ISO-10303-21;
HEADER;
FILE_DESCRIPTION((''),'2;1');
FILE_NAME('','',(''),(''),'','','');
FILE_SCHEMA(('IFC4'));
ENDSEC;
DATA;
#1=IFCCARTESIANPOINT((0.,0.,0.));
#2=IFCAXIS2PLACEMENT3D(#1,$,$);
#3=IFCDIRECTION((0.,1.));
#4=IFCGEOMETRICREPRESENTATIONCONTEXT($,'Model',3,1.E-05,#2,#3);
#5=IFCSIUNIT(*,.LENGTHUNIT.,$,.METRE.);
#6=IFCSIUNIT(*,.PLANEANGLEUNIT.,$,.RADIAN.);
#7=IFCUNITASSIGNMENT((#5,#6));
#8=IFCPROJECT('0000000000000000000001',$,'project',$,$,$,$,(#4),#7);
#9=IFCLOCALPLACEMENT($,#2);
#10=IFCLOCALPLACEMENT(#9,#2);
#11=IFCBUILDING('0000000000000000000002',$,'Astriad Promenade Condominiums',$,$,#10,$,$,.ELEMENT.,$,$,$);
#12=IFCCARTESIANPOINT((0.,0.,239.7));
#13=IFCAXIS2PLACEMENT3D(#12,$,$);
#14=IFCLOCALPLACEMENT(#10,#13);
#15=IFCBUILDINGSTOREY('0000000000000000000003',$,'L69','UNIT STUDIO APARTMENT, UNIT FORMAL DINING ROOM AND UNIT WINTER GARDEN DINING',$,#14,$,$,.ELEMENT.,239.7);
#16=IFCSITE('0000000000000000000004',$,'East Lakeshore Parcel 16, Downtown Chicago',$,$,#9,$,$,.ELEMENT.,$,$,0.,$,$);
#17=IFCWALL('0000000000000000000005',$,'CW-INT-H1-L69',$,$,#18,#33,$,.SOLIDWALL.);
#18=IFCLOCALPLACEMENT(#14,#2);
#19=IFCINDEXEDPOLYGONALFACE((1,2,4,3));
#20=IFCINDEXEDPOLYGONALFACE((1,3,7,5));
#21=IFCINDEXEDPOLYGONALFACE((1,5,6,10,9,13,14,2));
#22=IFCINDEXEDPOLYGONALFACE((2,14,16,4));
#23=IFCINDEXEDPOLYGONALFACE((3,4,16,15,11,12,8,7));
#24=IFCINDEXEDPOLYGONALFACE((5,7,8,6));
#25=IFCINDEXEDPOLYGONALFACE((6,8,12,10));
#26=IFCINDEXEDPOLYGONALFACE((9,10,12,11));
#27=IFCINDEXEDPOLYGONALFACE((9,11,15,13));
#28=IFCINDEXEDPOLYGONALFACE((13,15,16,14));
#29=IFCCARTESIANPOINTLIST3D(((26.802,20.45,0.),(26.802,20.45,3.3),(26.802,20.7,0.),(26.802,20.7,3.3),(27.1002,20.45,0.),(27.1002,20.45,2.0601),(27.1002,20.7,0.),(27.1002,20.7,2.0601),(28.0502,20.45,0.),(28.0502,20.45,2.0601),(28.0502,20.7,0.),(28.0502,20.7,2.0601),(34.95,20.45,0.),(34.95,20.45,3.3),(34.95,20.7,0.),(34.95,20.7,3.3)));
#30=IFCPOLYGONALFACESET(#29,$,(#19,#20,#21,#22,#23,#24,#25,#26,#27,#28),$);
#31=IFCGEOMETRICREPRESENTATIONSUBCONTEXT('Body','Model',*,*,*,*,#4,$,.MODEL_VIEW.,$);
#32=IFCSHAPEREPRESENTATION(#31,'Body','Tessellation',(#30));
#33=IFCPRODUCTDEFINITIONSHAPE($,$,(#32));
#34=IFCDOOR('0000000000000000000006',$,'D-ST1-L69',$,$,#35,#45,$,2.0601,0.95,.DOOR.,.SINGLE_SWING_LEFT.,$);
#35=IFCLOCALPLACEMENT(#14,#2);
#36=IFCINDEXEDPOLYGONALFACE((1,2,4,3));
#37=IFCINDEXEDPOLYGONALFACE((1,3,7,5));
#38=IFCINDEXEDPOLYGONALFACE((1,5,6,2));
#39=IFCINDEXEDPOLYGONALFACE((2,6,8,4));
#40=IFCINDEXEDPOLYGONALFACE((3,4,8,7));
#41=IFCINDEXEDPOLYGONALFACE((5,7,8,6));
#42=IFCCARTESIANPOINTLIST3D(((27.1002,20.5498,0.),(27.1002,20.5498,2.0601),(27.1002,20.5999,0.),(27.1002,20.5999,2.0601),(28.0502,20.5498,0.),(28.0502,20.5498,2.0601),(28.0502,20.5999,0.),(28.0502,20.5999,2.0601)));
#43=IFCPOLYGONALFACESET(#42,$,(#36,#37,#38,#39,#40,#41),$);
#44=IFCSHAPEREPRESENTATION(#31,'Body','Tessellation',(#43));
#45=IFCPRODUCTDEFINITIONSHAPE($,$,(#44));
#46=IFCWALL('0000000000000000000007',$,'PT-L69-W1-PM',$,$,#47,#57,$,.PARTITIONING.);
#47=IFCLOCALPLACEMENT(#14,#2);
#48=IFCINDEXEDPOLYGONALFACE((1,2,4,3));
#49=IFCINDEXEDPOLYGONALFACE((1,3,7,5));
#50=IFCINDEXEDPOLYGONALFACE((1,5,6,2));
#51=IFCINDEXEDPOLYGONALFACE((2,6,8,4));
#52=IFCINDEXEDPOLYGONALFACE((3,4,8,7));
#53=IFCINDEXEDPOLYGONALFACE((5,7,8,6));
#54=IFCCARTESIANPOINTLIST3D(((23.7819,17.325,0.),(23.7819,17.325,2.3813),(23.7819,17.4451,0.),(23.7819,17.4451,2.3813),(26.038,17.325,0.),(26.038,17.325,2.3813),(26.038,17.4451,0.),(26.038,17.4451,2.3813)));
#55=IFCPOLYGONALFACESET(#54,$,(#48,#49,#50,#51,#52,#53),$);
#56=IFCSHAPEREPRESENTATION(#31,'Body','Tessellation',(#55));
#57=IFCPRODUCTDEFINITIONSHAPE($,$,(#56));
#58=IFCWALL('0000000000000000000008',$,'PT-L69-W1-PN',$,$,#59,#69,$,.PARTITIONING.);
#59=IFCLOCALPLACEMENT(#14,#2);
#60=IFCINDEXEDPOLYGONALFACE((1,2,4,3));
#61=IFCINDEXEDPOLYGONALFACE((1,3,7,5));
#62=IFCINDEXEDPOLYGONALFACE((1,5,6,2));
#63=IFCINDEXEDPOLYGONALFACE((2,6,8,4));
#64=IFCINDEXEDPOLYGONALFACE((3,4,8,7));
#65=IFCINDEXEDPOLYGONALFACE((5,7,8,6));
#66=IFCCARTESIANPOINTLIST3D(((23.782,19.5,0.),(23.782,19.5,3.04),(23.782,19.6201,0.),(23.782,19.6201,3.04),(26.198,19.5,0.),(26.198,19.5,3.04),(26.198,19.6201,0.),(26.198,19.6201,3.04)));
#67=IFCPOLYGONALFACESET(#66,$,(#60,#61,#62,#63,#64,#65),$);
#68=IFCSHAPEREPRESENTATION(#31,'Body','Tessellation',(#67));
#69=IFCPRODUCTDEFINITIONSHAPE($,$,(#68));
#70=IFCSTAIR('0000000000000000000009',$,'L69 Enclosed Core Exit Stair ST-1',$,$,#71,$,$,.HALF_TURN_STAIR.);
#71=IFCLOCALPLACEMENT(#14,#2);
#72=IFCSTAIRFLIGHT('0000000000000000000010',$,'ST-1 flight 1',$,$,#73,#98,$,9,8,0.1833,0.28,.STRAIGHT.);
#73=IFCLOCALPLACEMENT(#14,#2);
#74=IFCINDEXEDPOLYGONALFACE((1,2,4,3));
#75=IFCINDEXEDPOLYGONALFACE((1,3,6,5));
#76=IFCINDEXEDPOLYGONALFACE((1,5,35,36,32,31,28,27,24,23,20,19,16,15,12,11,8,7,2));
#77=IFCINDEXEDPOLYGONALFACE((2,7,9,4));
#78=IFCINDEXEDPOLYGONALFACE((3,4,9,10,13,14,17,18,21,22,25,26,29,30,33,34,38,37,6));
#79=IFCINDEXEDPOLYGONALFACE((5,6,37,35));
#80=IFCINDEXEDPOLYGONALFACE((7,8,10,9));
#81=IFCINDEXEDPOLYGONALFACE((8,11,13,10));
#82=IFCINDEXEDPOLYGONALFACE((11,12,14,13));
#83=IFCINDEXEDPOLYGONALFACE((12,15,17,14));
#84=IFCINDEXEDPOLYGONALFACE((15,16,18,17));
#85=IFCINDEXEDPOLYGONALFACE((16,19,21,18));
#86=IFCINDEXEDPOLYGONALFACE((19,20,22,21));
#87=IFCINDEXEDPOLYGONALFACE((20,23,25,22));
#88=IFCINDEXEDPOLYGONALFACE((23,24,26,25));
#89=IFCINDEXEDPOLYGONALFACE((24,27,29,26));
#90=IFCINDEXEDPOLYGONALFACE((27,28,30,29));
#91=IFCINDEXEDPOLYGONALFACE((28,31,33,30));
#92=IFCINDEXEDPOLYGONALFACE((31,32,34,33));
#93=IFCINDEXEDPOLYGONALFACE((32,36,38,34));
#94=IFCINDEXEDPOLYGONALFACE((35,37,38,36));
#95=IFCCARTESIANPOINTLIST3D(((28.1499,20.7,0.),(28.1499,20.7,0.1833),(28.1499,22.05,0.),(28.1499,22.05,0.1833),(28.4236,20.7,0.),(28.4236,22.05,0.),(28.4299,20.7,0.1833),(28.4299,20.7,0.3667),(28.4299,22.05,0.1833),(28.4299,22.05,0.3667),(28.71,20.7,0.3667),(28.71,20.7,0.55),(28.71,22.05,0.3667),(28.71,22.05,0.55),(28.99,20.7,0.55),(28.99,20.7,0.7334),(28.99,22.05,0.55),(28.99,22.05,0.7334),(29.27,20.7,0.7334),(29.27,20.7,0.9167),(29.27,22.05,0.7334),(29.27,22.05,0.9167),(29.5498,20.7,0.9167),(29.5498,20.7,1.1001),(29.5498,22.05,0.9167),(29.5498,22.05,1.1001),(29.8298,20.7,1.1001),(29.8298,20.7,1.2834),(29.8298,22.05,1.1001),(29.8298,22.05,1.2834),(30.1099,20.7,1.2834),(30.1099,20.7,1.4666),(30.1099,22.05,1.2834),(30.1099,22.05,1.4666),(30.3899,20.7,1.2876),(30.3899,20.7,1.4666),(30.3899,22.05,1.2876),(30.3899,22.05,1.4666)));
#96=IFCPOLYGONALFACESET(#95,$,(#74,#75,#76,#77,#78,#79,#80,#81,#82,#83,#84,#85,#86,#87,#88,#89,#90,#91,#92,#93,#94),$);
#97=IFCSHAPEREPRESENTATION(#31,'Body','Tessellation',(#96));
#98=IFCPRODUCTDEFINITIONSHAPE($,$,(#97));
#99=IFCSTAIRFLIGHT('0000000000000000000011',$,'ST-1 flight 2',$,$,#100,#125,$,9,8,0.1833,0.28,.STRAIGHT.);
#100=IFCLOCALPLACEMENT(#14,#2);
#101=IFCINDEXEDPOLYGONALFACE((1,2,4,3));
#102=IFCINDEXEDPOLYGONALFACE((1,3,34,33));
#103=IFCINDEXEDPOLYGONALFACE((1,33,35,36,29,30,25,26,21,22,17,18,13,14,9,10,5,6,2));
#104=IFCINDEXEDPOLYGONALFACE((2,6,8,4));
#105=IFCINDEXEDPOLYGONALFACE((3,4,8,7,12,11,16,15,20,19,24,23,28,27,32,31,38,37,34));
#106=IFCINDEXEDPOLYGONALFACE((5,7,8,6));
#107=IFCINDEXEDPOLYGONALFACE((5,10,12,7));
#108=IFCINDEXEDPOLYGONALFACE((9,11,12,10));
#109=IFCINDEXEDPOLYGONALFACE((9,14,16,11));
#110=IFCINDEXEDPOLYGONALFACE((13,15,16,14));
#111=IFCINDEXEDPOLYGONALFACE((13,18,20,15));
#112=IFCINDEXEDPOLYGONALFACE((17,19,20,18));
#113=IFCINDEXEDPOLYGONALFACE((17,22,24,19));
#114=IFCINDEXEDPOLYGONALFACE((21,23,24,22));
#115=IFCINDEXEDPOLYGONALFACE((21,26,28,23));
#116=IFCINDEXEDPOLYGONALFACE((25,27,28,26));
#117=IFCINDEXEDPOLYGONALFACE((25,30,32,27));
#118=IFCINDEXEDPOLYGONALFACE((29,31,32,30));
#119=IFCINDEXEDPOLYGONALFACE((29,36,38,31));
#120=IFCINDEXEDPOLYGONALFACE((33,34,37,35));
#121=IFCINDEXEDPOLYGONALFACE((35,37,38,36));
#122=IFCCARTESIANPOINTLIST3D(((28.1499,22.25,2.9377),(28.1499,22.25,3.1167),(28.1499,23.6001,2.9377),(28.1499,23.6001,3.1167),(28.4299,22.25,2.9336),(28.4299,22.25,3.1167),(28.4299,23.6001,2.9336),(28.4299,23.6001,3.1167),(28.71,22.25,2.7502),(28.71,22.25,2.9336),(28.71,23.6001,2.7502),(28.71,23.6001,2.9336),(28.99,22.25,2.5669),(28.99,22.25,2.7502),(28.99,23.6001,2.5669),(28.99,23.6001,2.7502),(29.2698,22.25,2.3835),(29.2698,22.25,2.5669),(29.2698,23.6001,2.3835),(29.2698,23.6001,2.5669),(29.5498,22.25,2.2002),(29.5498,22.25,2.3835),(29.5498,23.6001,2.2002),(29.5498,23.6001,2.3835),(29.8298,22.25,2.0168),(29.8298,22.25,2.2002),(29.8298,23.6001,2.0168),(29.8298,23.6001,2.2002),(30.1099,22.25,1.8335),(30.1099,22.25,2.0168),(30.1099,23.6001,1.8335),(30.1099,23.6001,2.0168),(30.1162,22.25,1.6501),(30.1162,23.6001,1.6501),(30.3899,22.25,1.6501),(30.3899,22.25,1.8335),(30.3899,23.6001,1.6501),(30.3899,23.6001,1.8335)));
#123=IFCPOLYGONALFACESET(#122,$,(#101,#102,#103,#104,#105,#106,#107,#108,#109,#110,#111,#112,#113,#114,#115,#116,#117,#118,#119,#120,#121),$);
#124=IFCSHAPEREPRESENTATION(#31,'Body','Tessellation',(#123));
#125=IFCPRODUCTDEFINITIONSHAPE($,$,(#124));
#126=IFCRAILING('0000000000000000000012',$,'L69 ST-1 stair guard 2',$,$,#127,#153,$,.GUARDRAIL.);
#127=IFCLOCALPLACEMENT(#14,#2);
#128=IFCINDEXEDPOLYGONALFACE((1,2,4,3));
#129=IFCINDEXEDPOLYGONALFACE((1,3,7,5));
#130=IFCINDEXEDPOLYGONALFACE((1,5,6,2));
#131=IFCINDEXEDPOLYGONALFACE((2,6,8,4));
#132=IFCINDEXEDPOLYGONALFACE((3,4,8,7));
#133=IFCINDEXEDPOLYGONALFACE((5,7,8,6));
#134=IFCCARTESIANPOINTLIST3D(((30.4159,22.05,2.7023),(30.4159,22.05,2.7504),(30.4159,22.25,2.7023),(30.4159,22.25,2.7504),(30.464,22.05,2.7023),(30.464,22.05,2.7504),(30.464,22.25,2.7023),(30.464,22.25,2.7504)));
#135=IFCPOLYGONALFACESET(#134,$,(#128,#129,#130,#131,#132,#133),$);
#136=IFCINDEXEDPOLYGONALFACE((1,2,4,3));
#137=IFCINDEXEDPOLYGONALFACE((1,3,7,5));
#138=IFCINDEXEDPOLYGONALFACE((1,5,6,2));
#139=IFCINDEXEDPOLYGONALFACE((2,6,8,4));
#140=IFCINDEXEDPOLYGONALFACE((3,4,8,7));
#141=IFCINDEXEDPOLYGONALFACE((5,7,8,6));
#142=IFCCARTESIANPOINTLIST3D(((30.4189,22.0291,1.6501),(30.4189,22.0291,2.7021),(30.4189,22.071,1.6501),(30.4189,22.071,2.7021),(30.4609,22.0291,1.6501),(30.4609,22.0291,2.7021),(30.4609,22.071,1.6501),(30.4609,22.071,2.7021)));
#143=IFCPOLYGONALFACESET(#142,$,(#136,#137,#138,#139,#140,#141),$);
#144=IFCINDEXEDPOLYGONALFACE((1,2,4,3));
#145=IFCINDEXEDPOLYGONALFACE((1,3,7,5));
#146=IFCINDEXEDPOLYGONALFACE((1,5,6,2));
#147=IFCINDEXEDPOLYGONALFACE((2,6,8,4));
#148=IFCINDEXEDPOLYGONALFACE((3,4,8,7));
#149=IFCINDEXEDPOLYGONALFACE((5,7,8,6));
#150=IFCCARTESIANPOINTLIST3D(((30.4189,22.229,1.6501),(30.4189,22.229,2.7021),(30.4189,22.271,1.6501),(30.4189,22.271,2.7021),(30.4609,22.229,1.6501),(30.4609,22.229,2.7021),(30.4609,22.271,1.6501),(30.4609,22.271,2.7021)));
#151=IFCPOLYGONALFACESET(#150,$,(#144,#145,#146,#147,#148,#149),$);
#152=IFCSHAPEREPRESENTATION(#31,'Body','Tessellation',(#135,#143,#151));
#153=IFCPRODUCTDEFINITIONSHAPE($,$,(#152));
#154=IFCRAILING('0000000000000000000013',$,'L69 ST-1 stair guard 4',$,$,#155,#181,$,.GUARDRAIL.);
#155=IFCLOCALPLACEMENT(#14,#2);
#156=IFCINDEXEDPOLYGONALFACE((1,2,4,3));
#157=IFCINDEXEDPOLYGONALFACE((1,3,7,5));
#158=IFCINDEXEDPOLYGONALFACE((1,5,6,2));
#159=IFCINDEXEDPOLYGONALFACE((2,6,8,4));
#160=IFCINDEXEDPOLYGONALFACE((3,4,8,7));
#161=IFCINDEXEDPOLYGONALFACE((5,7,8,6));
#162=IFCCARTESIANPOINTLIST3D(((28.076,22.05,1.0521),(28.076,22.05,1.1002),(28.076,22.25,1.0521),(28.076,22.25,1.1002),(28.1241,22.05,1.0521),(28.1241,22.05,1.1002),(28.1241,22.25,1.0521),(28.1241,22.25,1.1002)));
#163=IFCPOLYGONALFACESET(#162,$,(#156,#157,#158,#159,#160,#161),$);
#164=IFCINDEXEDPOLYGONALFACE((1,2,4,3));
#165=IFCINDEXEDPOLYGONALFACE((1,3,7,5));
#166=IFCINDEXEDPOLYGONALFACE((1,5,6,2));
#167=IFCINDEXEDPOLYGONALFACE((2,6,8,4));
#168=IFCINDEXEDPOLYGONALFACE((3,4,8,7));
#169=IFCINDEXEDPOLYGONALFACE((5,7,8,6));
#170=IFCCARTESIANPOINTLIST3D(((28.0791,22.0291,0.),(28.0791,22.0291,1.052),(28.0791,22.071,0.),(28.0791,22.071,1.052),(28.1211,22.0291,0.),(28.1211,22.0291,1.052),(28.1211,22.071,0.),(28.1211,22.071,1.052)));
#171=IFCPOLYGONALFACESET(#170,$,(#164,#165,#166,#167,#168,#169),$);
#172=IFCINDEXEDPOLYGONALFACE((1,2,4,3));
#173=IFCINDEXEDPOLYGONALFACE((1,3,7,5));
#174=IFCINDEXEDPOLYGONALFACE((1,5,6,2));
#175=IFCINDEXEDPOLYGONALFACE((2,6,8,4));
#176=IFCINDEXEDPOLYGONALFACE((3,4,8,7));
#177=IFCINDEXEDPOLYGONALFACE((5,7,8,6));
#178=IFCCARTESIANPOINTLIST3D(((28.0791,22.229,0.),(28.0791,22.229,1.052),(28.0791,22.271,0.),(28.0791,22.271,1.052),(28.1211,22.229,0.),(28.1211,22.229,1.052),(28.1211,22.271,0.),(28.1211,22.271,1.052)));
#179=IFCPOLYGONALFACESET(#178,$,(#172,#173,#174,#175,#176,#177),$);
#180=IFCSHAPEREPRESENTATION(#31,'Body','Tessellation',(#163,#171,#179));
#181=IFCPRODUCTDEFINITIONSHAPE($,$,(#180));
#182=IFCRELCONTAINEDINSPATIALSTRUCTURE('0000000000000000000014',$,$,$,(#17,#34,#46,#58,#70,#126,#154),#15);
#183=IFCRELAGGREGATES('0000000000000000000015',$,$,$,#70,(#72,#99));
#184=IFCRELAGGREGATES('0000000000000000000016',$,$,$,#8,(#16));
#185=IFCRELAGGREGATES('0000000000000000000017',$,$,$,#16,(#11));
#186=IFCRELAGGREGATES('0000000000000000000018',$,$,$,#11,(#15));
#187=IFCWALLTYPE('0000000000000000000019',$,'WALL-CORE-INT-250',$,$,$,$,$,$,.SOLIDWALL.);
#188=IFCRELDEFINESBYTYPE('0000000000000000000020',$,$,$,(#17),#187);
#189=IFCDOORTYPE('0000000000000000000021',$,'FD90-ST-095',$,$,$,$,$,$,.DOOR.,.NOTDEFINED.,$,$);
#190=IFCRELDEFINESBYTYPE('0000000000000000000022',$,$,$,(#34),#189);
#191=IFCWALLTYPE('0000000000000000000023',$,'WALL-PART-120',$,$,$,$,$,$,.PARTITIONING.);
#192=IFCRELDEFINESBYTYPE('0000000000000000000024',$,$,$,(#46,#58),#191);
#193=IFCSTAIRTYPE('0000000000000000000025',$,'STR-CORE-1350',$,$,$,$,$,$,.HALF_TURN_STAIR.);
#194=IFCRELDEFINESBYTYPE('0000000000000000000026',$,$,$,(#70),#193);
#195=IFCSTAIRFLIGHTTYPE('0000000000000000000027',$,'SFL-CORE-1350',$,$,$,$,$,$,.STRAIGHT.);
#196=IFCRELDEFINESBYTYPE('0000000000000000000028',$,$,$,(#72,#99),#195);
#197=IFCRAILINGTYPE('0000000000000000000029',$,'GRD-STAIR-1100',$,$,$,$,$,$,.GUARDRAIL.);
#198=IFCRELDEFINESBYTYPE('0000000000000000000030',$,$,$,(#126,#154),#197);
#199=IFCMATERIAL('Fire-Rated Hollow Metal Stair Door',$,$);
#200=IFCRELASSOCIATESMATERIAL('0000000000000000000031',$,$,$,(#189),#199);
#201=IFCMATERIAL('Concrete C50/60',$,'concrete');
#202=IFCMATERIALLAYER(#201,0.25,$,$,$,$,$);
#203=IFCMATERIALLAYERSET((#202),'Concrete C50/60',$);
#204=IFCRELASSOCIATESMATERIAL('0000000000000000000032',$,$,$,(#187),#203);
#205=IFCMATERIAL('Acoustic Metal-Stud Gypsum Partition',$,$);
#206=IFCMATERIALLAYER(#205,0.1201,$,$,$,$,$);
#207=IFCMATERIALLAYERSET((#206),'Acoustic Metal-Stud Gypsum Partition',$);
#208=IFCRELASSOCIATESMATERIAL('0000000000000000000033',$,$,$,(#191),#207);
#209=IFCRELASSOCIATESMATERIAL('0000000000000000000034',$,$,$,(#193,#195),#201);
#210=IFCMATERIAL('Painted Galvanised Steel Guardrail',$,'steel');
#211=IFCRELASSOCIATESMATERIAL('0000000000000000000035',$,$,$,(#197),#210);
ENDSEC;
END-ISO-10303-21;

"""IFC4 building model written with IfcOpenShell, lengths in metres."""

from ifc_helpers import new_model, si_unit, direction, frame, frame_2d, origin, origin_2d, place, context, subcontext, project, spatial, polyline, rectangle, outline, extrude, source, transform, mapped, material, layer, layer_set, type_object, type_shapes, element, fill, aggregate, save


model = new_model("IFC4")

# Units and contexts
model_context = context("Model", 3, precision=1e-05, world=origin(), true_north=direction((0.0, 1.0)))
body_context = subcontext(model_context, "Body", "Model", "MODEL_VIEW")
ifc_project = project(units=[si_unit("LENGTHUNIT", "METRE"), si_unit("PLANEANGLEUNIT", "RADIAN")], contexts=[model_context])

# Site, building, storey
site_placement = place(None, origin())
site = spatial("IfcSite", under=ifc_project, at=site_placement, Name="East Lakeshore Parcel 16, Downtown Chicago", CompositionType="ELEMENT", RefElevation=0.0)
building_placement = place(site_placement, origin())
building = spatial("IfcBuilding", under=site, at=building_placement, Name="Astriad Promenade Condominiums", CompositionType="ELEMENT")
storey_placement = place(building_placement, frame((0.0, 0.0, 239.7)))
storey = spatial("IfcBuildingStorey", under=building, at=storey_placement, Name="L69", Description="UNIT STUDIO APARTMENT, UNIT FORMAL DINING ROOM AND UNIT WINTER GARDEN DINING", CompositionType="ELEMENT", Elevation=239.7)

# Shared definitions
ifc_material_1 = material(Name="Concrete C50/60", Category="concrete")
ifc_material_2 = material(Name="Fire-Rated Hollow Metal Stair Door")
door_type_1 = type_object("IfcDoorType", Name="FD90-ST-095", OperationType="NOTDEFINED", PredefinedType="DOOR", material=ifc_material_2)
shared_shape_1 = source(origin(), body_context, "Body", "SweptSolid", [
    extrude(rectangle(XDim=0.95, YDim=2.0601, at=frame_2d((0.4751, 1.03))), frame((0.0, 0.0249, 0.0), z_axis=(0.0, -1.0, 0.0), x_axis=(1.0, 0.0, 0.0)), (0.0, 0.0, 1.0), 0.05),
])
type_shapes(door_type_1, [shared_shape_1])

# Wall, opening, door
ifc_layer_1 = layer(ifc_material_1, 0.25)
ifc_layer_set_1 = layer_set([ifc_layer_1], Name="Concrete C50/60")
wall_type_1 = type_object("IfcWallType", Name="WALL-CORE-INT-250", PredefinedType="SOLIDWALL", material=ifc_layer_set_1)
wall_1_placement = place(storey_placement, frame((26.802, 20.575, 0.0), z_axis=(0.0, 0.0, 1.0), x_axis=(1.0, 0.0, 0.0)))
wall_1 = element("IfcWall", 1, at=wall_1_placement, inside=storey, type_object=wall_type_1, Name="CW-INT-H1-L69", PredefinedType="SOLIDWALL", context=body_context, shape_type="SweptSolid", body=[
    extrude(rectangle(XDim=8.1479, YDim=0.25, at=frame_2d((4.074, 0.0))), origin(), (0.0, 0.0, 1.0), 3.3),
])
opening_1_placement = place(wall_1_placement, frame((0.2981, 0.0, 0.0)))
opening_1 = element("IfcOpeningElement", 2, at=opening_1_placement, cuts=wall_1, PredefinedType="OPENING", context=body_context, shape_type="SweptSolid", body=[
    extrude(rectangle(XDim=0.95, YDim=2.0601, at=frame_2d((0.4751, 1.03))), frame((0.0, 0.135, 0.0), z_axis=(0.0, -1.0, 0.0), x_axis=(1.0, 0.0, 0.0)), (0.0, 0.0, 1.0), 0.27),
])
door_1_placement = place(opening_1_placement, origin())
door_1 = element("IfcDoor", 3, at=door_1_placement, inside=storey, type_object=door_type_1, Name="D-ST1-L69", OperationType="SINGLE_SWING_LEFT", OverallHeight=2.0601, OverallWidth=0.95, PredefinedType="DOOR", context=body_context, shape_type="MappedRepresentation", body=[
    mapped(shared_shape_1, transform((0.0, 0.0, 0.0), scale=1.0)),
])
fill(opening_1, door_1)

# Walls
ifc_material_3 = material(Name="Acoustic Metal-Stud Gypsum Partition")
ifc_layer_2 = layer(ifc_material_3, 0.1201)
ifc_layer_set_2 = layer_set([ifc_layer_2], Name="Acoustic Metal-Stud Gypsum Partition")
wall_type_2 = type_object("IfcWallType", Name="WALL-PART-120", PredefinedType="PARTITIONING", material=ifc_layer_set_2)
wall_2_placement = place(storey_placement, frame((23.782, 17.385, 0.0), z_axis=(0.0, 0.0, 1.0), x_axis=(1.0, 0.0, 0.0)))
element("IfcWall", 4, at=wall_2_placement, inside=storey, type_object=wall_type_2, Name="PT-L69-W1-PM", PredefinedType="PARTITIONING", context=body_context, shape_type="SweptSolid", body=[
    extrude(rectangle(XDim=2.2561, YDim=0.1201, at=frame_2d((1.1279, 0.0))), origin(), (0.0, 0.0, 1.0), 2.3813),
])
wall_3_placement = place(storey_placement, frame((23.782, 19.5601, 0.0), z_axis=(0.0, 0.0, 1.0), x_axis=(1.0, 0.0, 0.0)))
element("IfcWall", 5, at=wall_3_placement, inside=storey, type_object=wall_type_2, Name="PT-L69-W1-PN", PredefinedType="PARTITIONING", context=body_context, shape_type="SweptSolid", body=[
    extrude(rectangle(XDim=2.416, YDim=0.1201, at=frame_2d((1.208, 0.0))), origin(), (0.0, 0.0, 1.0), 3.04),
])

# Stair, stair flights
stair_type = type_object("IfcStairType", Name="STR-CORE-1350", PredefinedType="HALF_TURN_STAIR", material=ifc_material_1)
stair_placement = place(storey_placement, origin())
stair = element("IfcStair", 6, at=stair_placement, inside=storey, type_object=stair_type, Name="L69 Enclosed Core Exit Stair ST-1", PredefinedType="HALF_TURN_STAIR")
stair_flight_type = type_object("IfcStairFlightType", Name="SFL-CORE-1350", PredefinedType="STRAIGHT", material=ifc_material_1)
shared_shape_2 = source(origin(), body_context, "Body", "SweptSolid", [
    extrude(outline(polyline([(0.0, 0.0), (0.0, 0.1833), (0.28, 0.1833), (0.28, 0.3667), (0.5601, 0.3667), (0.5601, 0.55), (0.8401, 0.55), (0.8401, 0.7334), (1.1201, 0.7334), (1.1201, 0.9167), (1.3999, 0.9167), (1.3999, 1.1001), (1.6799, 1.1001), (1.6799, 1.2834), (1.96, 1.2834), (1.96, 1.4666), (2.24, 1.4666), (2.24, 1.6499), (2.24, 1.2876), (0.2737, 0.0), (0.0, 0.0)])), frame((0.0, 0.675, 0.0), z_axis=(0.0, -1.0, 0.0), x_axis=(1.0, 0.0, 0.0)), (0.0, 0.0, 1.0), 1.3501),
])
type_shapes(stair_flight_type, [shared_shape_2])
stair_flight_1_placement = place(storey_placement, frame((28.1499, 21.375, 0.0), z_axis=(0.0, 0.0, 1.0), x_axis=(1.0, 0.0, 0.0)))
stair_flight_1 = element("IfcStairFlight", 7, at=stair_flight_1_placement, type_object=stair_flight_type, Name="ST-1 flight 1", NumberOfRisers=9, NumberOfTreads=8, PredefinedType="STRAIGHT", RiserHeight=0.1833, TreadLength=0.28, context=body_context, shape_type="MappedRepresentation", body=[
    mapped(shared_shape_2, transform((0.0, 0.0, 0.0), scale=1.0)),
])
stair_flight_2_placement = place(storey_placement, frame((30.3899, 22.925, 1.6501), z_axis=(0.0, 0.0, 1.0), x_axis=(-1.0, 0.0, 0.0)))
stair_flight_2 = element("IfcStairFlight", 8, at=stair_flight_2_placement, type_object=stair_flight_type, Name="ST-1 flight 2", NumberOfRisers=9, NumberOfTreads=8, PredefinedType="STRAIGHT", RiserHeight=0.1833, TreadLength=0.28, context=body_context, shape_type="MappedRepresentation", body=[
    mapped(shared_shape_2, transform((0.0, 0.0, 0.0), scale=1.0)),
])
aggregate(stair, [stair_flight_1, stair_flight_2])

# Railings
ifc_material_4 = material(Name="Painted Galvanised Steel Guardrail", Category="steel")
railing_type_1 = type_object("IfcRailingType", Name="GRD-STAIR-1100", PredefinedType="GUARDRAIL", material=ifc_material_4)
shared_shape_3 = source(origin(), body_context, "Body", "SweptSolid", [
    extrude(rectangle(XDim=0.0481, YDim=0.0481, at=origin_2d()), frame((0.0, 0.0, 1.0762), z_axis=(0.0, 1.0, 0.0), x_axis=(-1.0, 0.0, 0.0)), (0.0, 0.0, 1.0), 0.2),
    extrude(rectangle(XDim=0.042, YDim=0.042, at=origin_2d()), origin(), (0.0, 0.0, 1.0), 1.052),
    extrude(rectangle(XDim=0.042, YDim=0.042, at=origin_2d()), frame((0.0, 0.2, 0.0)), (0.0, 0.0, 1.0), 1.052),
])
for number, where, name in (
    (9, (30.4399, 22.05, 1.6501), "L69 ST-1 stair guard 2"),
    (10, (28.1001, 22.05, 0.0), "L69 ST-1 stair guard 4"),
):
    element("IfcRailing", number, at=place(storey_placement, frame(where)), inside=storey, type_object=railing_type_1, Name=name, PredefinedType="GUARDRAIL", context=body_context, shape_type="MappedRepresentation", body=[
        mapped(shared_shape_3, transform((0.0, 0.0, 0.0), scale=1.0)),
    ])

save(model, "model.ifc")
